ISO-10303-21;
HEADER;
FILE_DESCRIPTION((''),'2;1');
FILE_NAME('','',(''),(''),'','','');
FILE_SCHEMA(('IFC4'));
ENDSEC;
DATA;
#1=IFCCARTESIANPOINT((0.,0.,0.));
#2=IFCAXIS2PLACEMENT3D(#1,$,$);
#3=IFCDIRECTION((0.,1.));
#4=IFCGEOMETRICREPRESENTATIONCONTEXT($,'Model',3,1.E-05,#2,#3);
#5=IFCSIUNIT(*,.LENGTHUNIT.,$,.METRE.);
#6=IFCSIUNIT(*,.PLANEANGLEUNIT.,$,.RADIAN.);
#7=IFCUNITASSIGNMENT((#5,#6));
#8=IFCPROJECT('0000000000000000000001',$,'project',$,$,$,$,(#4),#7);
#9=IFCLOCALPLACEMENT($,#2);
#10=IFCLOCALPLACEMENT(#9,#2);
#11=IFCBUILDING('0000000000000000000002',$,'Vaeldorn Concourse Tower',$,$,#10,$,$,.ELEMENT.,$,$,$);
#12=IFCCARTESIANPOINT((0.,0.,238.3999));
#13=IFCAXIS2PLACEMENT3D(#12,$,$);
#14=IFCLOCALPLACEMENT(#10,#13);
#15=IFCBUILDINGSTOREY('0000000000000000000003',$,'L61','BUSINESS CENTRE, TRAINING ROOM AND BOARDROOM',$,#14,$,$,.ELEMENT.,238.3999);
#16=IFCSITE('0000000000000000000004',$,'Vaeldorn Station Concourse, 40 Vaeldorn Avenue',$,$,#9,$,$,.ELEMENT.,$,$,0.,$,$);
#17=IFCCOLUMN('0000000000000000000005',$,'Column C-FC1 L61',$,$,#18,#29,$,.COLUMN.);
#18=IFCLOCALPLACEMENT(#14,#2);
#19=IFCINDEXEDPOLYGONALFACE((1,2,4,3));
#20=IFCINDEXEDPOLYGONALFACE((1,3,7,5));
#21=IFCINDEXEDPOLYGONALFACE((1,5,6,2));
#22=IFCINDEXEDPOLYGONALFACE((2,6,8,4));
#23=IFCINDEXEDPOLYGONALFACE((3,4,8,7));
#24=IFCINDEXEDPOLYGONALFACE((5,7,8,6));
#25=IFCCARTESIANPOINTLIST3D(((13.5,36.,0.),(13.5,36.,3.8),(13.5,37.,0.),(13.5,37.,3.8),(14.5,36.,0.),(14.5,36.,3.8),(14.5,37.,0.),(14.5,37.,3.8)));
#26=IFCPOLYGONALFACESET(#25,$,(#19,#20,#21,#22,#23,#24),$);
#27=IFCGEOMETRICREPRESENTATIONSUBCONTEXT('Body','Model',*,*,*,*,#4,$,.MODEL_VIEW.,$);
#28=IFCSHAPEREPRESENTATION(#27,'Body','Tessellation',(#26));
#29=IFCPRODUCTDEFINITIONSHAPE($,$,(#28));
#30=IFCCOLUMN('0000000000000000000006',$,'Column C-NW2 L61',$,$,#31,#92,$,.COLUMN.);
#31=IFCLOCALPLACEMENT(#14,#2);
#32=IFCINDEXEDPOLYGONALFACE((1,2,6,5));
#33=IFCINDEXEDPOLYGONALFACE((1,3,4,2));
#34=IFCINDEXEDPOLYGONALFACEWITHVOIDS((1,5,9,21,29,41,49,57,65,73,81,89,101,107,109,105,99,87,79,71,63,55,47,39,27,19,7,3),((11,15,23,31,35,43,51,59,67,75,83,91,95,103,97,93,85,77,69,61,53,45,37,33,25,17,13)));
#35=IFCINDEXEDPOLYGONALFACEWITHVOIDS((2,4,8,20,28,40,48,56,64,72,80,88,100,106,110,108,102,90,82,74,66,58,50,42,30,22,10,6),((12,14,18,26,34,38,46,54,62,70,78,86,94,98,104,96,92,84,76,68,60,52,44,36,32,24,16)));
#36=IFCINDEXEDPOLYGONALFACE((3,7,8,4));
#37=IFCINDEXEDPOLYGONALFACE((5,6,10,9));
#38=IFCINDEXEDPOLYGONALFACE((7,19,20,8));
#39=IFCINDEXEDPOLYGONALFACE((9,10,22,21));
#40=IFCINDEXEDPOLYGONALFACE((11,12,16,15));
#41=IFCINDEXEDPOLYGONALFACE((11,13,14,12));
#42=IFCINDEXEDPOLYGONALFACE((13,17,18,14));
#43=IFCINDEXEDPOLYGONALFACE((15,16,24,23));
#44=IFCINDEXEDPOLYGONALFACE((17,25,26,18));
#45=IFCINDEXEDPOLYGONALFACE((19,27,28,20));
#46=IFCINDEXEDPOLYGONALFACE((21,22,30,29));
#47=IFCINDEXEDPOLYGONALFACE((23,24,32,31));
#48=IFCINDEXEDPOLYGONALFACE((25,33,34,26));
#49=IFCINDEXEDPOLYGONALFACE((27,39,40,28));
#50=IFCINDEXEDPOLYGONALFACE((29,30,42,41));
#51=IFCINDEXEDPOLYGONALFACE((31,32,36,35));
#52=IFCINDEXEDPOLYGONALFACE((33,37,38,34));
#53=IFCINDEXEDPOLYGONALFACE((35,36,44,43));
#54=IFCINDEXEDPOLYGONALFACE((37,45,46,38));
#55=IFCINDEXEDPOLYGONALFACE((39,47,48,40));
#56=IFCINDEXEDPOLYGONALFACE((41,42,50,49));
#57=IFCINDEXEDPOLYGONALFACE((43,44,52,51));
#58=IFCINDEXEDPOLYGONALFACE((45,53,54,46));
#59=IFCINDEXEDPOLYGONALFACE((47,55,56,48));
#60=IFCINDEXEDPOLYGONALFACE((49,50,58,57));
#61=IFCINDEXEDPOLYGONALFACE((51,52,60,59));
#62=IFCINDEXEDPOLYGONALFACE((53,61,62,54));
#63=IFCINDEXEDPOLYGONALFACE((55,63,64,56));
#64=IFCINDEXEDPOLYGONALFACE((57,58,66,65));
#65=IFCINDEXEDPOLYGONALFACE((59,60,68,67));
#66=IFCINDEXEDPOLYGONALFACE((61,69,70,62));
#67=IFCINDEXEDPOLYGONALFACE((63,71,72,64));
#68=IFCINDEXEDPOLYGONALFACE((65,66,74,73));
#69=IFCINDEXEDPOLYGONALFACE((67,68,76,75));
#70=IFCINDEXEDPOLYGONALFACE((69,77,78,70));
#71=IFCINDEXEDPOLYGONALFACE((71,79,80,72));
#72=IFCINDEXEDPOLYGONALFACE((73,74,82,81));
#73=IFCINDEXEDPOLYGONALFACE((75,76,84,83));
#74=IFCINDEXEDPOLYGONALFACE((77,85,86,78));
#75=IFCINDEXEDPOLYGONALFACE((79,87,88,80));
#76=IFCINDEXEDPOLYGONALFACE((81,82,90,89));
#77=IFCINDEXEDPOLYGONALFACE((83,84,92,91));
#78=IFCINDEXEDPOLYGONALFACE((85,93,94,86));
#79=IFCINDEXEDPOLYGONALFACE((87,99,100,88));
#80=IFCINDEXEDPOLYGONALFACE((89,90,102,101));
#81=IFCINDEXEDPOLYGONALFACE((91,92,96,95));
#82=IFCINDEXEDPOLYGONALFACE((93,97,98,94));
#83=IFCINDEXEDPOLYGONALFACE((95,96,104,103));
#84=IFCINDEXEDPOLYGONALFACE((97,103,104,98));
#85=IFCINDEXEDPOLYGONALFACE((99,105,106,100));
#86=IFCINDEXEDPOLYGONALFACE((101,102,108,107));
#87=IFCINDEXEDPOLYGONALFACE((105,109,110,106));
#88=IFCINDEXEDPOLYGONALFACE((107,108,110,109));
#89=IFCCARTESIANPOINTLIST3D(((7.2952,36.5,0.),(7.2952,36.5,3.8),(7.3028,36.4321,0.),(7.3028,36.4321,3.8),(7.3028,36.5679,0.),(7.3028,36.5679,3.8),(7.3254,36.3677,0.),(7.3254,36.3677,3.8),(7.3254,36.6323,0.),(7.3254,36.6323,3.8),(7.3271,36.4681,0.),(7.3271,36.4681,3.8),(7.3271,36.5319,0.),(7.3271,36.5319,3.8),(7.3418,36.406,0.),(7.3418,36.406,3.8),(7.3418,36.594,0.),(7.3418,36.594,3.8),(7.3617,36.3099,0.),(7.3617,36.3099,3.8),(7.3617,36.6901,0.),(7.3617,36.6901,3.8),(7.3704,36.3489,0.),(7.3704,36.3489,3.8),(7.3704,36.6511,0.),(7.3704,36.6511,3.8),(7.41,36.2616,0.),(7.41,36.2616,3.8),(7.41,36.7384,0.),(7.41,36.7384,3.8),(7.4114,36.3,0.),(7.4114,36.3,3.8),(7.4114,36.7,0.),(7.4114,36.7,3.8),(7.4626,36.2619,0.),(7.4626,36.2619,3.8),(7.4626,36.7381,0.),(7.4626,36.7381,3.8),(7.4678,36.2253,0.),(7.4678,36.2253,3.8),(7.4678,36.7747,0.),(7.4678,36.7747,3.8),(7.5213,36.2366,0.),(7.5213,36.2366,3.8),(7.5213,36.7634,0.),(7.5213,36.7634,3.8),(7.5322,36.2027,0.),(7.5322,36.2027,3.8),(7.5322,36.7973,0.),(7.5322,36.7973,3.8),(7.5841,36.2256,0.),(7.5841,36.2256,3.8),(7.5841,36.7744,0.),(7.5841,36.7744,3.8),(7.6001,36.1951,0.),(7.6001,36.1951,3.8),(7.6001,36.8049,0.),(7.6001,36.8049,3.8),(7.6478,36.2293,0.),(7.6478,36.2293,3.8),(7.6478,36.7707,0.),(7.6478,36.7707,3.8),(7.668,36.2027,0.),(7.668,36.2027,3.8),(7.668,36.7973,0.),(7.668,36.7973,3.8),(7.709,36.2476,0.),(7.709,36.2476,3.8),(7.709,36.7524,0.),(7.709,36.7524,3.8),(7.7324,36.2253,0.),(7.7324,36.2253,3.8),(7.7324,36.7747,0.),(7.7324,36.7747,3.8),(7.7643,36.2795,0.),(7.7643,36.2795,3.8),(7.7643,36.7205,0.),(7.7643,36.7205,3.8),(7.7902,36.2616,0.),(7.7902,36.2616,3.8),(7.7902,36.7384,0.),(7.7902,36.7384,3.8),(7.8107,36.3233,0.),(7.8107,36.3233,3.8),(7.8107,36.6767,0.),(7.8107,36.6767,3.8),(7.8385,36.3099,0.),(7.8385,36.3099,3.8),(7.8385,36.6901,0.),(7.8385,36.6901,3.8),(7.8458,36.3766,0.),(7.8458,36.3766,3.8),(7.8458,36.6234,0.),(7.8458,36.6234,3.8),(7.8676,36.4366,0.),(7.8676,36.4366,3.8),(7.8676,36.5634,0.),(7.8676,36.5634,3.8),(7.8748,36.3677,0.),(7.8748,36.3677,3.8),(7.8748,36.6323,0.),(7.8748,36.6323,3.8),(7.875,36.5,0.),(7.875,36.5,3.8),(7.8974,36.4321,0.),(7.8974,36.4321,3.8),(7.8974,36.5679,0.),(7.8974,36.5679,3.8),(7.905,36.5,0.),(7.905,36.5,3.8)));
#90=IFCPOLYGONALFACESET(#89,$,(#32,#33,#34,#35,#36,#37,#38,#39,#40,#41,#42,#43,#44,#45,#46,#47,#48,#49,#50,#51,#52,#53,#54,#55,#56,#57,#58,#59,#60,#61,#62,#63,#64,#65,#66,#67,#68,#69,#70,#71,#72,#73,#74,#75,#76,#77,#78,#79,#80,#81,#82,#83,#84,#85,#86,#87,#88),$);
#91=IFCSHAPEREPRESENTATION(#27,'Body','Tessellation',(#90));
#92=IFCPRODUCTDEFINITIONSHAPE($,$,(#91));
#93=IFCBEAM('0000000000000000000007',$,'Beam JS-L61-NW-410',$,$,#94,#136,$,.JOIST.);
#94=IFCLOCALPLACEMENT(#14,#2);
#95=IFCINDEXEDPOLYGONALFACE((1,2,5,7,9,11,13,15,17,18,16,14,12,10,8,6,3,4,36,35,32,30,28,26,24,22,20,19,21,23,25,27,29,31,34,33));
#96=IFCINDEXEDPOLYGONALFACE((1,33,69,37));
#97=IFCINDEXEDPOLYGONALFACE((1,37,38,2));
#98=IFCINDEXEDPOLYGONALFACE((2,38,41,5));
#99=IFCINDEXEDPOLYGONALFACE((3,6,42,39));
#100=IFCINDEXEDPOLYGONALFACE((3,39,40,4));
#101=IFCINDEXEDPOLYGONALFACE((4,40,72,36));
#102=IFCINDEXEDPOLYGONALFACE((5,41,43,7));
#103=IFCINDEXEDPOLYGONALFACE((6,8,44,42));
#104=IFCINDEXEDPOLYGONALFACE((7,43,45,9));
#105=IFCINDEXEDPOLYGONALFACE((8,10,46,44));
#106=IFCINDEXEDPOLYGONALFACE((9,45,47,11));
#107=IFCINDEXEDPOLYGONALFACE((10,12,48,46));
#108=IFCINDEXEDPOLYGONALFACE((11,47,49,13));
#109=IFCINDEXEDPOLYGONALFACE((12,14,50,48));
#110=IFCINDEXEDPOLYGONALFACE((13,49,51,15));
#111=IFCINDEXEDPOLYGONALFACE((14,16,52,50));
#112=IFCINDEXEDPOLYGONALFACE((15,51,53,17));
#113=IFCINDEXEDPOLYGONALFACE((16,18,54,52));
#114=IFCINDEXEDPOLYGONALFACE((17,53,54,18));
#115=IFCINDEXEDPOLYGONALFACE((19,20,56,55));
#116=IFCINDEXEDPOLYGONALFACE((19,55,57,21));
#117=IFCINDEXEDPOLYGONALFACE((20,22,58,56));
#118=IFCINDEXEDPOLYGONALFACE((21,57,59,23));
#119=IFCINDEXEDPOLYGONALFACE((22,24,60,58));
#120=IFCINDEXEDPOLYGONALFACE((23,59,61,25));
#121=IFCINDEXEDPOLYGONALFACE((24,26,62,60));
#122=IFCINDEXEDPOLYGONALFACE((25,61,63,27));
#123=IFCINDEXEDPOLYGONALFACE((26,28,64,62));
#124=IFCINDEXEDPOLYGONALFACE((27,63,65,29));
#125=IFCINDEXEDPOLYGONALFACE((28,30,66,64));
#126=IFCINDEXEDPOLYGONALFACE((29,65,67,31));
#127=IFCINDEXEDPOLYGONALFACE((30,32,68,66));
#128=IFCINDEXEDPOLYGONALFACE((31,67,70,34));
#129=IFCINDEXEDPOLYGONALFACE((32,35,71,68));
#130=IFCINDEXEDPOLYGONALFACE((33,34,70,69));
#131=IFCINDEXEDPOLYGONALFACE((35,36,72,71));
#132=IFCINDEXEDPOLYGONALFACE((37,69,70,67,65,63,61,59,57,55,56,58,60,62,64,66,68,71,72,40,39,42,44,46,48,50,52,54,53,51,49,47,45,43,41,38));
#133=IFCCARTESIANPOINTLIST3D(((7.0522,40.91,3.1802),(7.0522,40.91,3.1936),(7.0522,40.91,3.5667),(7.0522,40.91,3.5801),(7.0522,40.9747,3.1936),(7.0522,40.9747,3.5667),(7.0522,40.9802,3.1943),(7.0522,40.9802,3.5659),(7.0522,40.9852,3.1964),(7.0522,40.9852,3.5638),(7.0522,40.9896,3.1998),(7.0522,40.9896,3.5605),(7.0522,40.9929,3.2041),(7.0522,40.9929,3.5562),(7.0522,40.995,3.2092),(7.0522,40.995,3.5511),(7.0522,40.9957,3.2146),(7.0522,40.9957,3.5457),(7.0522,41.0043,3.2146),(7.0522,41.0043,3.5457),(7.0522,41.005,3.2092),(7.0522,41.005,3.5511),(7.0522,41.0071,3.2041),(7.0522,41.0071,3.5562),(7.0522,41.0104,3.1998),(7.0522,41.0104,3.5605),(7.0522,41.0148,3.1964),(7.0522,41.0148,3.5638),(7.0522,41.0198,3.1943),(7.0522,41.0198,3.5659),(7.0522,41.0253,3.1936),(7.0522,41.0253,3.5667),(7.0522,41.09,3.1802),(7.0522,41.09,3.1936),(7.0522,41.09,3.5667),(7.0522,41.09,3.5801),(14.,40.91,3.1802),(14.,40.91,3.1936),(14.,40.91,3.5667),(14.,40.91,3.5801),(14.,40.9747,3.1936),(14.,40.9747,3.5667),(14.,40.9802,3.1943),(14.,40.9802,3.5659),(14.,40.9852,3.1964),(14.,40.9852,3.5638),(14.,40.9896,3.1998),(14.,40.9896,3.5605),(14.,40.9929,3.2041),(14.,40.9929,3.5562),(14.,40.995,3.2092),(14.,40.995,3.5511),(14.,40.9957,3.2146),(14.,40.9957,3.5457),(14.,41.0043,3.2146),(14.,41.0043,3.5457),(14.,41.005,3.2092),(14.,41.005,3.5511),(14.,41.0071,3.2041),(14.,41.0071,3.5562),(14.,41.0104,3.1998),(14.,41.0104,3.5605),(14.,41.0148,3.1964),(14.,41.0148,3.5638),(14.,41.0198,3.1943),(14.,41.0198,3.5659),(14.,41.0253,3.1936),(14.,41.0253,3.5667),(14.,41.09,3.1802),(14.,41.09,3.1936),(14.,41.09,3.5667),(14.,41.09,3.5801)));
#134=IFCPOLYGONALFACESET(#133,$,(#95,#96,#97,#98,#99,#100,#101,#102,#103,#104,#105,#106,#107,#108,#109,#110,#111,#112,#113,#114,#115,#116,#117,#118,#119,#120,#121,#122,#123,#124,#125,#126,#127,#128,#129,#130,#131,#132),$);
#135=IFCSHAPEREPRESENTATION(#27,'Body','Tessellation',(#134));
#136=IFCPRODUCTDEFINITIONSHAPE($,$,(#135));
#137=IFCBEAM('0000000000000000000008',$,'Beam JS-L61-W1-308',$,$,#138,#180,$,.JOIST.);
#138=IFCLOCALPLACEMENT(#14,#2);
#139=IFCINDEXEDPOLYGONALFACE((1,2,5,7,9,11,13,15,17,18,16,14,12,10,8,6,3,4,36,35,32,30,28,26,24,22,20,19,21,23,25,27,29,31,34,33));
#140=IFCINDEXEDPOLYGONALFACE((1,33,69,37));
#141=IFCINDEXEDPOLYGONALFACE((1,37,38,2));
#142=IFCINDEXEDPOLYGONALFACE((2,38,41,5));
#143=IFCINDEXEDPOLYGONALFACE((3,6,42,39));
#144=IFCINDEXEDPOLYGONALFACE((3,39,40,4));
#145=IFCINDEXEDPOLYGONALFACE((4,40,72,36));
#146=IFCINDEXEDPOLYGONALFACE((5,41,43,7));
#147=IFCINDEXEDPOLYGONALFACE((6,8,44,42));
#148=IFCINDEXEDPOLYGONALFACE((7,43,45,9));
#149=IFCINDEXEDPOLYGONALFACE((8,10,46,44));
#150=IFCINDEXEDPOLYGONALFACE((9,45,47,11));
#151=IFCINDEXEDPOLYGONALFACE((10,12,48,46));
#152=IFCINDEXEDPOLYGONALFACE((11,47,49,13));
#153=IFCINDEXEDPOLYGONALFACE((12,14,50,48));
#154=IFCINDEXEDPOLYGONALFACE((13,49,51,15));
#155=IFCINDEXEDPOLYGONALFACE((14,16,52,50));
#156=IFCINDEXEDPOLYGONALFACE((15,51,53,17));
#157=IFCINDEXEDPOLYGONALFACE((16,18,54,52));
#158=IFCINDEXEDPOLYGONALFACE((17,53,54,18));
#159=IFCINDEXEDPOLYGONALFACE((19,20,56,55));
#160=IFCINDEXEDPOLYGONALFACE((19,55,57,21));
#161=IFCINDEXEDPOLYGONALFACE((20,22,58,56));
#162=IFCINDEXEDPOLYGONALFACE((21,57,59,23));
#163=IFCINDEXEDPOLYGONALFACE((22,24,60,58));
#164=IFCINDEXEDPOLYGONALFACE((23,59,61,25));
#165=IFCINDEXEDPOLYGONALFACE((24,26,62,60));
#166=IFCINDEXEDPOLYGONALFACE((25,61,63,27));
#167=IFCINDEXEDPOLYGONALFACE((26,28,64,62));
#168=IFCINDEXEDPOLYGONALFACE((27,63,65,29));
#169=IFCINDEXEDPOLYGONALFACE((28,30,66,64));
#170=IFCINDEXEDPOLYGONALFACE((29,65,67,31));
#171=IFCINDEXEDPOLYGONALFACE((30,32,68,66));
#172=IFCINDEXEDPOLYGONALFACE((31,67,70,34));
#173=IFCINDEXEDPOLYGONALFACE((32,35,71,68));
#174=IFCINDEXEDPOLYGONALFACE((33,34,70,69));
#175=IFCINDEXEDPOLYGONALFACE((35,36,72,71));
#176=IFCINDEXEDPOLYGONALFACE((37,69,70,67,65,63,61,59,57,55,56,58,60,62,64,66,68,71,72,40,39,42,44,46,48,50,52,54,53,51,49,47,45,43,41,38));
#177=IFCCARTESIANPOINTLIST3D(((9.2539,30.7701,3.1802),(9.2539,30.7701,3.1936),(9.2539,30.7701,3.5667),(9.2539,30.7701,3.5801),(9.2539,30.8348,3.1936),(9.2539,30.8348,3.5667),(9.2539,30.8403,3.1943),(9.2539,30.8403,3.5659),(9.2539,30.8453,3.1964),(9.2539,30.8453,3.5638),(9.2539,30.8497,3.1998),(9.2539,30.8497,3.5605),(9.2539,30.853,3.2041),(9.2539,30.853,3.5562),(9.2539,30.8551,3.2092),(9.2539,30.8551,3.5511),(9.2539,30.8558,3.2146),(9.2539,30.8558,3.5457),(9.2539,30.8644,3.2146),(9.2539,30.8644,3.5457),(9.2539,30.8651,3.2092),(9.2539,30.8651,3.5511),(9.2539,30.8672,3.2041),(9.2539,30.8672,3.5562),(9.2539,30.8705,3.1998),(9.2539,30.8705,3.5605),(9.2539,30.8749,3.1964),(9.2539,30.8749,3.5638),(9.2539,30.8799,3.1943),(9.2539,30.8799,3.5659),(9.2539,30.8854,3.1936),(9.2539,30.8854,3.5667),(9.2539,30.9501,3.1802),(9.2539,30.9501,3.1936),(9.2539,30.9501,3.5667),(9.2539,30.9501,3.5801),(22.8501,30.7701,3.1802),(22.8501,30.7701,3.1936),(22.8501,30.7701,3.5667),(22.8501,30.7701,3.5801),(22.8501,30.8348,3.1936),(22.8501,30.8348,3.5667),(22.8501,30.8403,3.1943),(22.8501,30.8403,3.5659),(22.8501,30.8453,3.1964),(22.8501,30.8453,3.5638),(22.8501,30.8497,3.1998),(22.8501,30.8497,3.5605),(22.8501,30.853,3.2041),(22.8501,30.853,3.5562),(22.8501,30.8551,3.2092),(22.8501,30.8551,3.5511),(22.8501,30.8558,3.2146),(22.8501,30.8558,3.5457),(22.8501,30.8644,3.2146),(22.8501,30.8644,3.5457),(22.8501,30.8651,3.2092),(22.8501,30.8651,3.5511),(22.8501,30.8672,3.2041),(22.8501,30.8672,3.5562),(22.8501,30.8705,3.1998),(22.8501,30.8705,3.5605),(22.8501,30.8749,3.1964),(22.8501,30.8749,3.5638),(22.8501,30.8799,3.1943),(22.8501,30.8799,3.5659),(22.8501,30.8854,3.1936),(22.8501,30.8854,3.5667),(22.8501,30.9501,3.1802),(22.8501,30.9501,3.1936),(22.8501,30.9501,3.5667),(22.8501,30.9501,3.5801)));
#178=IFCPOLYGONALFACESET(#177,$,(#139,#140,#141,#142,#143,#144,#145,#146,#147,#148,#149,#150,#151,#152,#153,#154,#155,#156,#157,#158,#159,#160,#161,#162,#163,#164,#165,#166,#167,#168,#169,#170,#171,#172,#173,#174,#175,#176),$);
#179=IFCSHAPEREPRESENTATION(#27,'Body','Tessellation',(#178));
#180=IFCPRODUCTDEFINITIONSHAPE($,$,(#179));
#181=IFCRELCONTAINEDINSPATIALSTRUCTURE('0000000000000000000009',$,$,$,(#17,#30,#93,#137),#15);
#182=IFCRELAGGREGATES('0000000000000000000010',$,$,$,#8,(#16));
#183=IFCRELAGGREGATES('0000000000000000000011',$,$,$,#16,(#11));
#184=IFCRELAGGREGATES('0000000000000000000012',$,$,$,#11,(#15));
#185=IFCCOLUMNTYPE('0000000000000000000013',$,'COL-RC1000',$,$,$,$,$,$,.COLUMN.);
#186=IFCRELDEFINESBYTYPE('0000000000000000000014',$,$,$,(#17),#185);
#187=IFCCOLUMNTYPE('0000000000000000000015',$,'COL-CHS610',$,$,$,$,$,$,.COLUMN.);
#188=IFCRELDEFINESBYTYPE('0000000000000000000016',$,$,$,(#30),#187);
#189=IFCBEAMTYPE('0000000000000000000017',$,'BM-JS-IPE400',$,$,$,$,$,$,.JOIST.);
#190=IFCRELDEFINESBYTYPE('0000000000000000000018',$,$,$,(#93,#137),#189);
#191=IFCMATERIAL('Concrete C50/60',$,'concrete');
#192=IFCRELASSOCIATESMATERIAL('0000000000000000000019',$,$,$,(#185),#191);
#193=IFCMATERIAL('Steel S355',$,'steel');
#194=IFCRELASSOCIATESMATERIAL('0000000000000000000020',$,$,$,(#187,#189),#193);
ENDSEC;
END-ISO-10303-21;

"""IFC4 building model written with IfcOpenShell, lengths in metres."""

from ifc_helpers import new_model, si_unit, direction, frame, origin, origin_2d, place, context, subcontext, project, spatial, rectangle, hollow_circle, i_section, extrude, source, transform, mapped, material, material_profile, profile_set, type_object, element, save


model = new_model("IFC4")

# Units and contexts
model_context = context("Model", 3, precision=1e-05, world=origin(), true_north=direction((0.0, 1.0)))
body_context = subcontext(model_context, "Body", "Model", "MODEL_VIEW")
ifc_project = project(units=[si_unit("LENGTHUNIT", "METRE"), si_unit("PLANEANGLEUNIT", "RADIAN")], contexts=[model_context])

# Site, building, storey
site_placement = place(None, origin())
site = spatial("IfcSite", under=ifc_project, at=site_placement, Name="Vaeldorn Station Concourse, 40 Vaeldorn Avenue", CompositionType="ELEMENT", RefElevation=0.0)
building_placement = place(site_placement, origin())
building = spatial("IfcBuilding", under=site, at=building_placement, Name="Vaeldorn Concourse Tower", CompositionType="ELEMENT")
storey_placement = place(building_placement, frame((0.0, 0.0, 238.3999)))
storey = spatial("IfcBuildingStorey", under=building, at=storey_placement, Name="L61", Description="BUSINESS CENTRE, TRAINING ROOM AND BOARDROOM", CompositionType="ELEMENT", Elevation=238.3999)

# Columns
ifc_material_1 = material(Name="Concrete C50/60", Category="concrete")
ifc_material_profile_1 = material_profile(ifc_material_1, rectangle(XDim=1.0, YDim=1.0, at=origin_2d()), Name="RC 1000x1000")
ifc_profile_set_1 = profile_set([ifc_material_profile_1], Name="Concrete C50/60")
column_type_1 = type_object("IfcColumnType", Name="COL-RC1000", PredefinedType="COLUMN", material=ifc_profile_set_1)
shared_shape_1 = source(origin(), body_context, "Body", "SweptSolid", [
    extrude(rectangle(XDim=1.0, YDim=1.0, at=origin_2d()), origin(), (0.0, 0.0, 1.0), 3.8),
])
column_1_placement = place(storey_placement, frame((14.0, 36.5, 0.0), z_axis=(0.0, 0.0, 1.0), x_axis=(1.0, 0.0, 0.0)))
element("IfcColumn", 1, at=column_1_placement, inside=storey, type_object=column_type_1, Name="Column C-FC1 L61", PredefinedType="COLUMN", context=body_context, shape_type="MappedRepresentation", body=[
    mapped(shared_shape_1, transform((0.0, 0.0, 0.0), scale=1.0)),
])
ifc_material_2 = material(Name="Steel S355", Category="steel")
ifc_material_profile_2 = material_profile(ifc_material_2, hollow_circle(Radius=0.3049, WallThickness=0.03, at=origin_2d()), Name="CHS 610x30")
ifc_profile_set_2 = profile_set([ifc_material_profile_2], Name="Steel S355")
column_type_2 = type_object("IfcColumnType", Name="COL-CHS610", PredefinedType="COLUMN", material=ifc_profile_set_2)
shared_shape_2 = source(origin(), body_context, "Body", "SweptSolid", [
    extrude(hollow_circle(Radius=0.3049, WallThickness=0.03, at=origin_2d()), origin(), (0.0, 0.0, 1.0), 3.8),
])
column_2_placement = place(storey_placement, frame((7.6001, 36.5, 0.0), z_axis=(0.0, 0.0, 1.0), x_axis=(1.0, 0.0, 0.0)))
element("IfcColumn", 2, at=column_2_placement, inside=storey, type_object=column_type_2, Name="Column C-NW2 L61", PredefinedType="COLUMN", context=body_context, shape_type="MappedRepresentation", body=[
    mapped(shared_shape_2, transform((0.0, 0.0, 0.0), scale=1.0)),
])

# Beams
ifc_material_profile_3 = material_profile(ifc_material_2, i_section(OverallWidth=0.1799, OverallDepth=0.3999, WebThickness=0.0085, FlangeThickness=0.0134, FilletRadius=0.021, at=origin_2d()), Name="IPE 400")
ifc_profile_set_3 = profile_set([ifc_material_profile_3], Name="Steel S355")
beam_type_1 = type_object("IfcBeamType", Name="BM-JS-IPE400", PredefinedType="JOIST", material=ifc_profile_set_3)
shared_shape_3 = source(origin(), body_context, "Body", "SweptSolid", [
    extrude(i_section(OverallWidth=0.1799, OverallDepth=0.3999, WebThickness=0.0085, FlangeThickness=0.0134, FilletRadius=0.021, at=origin_2d()), origin(), (0.0, 0.0, 1.0), 6.9478),
])
beam_1_placement = place(storey_placement, frame((7.0522, 41.0, 3.3801), z_axis=(1.0, 0.0, 0.0), x_axis=(0.0, 1.0, 0.0)))
element("IfcBeam", 3, at=beam_1_placement, inside=storey, type_object=beam_type_1, Name="Beam JS-L61-NW-410", PredefinedType="JOIST", context=body_context, shape_type="MappedRepresentation", body=[
    mapped(shared_shape_3, transform((0.0, 0.0, 0.0), scale=1.0)),
])
shared_shape_4 = source(origin(), body_context, "Body", "SweptSolid", [
    extrude(i_section(OverallWidth=0.1799, OverallDepth=0.3999, WebThickness=0.0085, FlangeThickness=0.0134, FilletRadius=0.021, at=origin_2d()), origin(), (0.0, 0.0, 1.0), 13.5962),
])
beam_2_placement = place(storey_placement, frame((9.2539, 30.8601, 3.3801), z_axis=(1.0, 0.0, 0.0), x_axis=(0.0, 1.0, 0.0)))
element("IfcBeam", 4, at=beam_2_placement, inside=storey, type_object=beam_type_1, Name="Beam JS-L61-W1-308", PredefinedType="JOIST", context=body_context, shape_type="MappedRepresentation", body=[
    mapped(shared_shape_4, transform((0.0, 0.0, 0.0), scale=1.0)),
])

save(model, "model.ifc")
